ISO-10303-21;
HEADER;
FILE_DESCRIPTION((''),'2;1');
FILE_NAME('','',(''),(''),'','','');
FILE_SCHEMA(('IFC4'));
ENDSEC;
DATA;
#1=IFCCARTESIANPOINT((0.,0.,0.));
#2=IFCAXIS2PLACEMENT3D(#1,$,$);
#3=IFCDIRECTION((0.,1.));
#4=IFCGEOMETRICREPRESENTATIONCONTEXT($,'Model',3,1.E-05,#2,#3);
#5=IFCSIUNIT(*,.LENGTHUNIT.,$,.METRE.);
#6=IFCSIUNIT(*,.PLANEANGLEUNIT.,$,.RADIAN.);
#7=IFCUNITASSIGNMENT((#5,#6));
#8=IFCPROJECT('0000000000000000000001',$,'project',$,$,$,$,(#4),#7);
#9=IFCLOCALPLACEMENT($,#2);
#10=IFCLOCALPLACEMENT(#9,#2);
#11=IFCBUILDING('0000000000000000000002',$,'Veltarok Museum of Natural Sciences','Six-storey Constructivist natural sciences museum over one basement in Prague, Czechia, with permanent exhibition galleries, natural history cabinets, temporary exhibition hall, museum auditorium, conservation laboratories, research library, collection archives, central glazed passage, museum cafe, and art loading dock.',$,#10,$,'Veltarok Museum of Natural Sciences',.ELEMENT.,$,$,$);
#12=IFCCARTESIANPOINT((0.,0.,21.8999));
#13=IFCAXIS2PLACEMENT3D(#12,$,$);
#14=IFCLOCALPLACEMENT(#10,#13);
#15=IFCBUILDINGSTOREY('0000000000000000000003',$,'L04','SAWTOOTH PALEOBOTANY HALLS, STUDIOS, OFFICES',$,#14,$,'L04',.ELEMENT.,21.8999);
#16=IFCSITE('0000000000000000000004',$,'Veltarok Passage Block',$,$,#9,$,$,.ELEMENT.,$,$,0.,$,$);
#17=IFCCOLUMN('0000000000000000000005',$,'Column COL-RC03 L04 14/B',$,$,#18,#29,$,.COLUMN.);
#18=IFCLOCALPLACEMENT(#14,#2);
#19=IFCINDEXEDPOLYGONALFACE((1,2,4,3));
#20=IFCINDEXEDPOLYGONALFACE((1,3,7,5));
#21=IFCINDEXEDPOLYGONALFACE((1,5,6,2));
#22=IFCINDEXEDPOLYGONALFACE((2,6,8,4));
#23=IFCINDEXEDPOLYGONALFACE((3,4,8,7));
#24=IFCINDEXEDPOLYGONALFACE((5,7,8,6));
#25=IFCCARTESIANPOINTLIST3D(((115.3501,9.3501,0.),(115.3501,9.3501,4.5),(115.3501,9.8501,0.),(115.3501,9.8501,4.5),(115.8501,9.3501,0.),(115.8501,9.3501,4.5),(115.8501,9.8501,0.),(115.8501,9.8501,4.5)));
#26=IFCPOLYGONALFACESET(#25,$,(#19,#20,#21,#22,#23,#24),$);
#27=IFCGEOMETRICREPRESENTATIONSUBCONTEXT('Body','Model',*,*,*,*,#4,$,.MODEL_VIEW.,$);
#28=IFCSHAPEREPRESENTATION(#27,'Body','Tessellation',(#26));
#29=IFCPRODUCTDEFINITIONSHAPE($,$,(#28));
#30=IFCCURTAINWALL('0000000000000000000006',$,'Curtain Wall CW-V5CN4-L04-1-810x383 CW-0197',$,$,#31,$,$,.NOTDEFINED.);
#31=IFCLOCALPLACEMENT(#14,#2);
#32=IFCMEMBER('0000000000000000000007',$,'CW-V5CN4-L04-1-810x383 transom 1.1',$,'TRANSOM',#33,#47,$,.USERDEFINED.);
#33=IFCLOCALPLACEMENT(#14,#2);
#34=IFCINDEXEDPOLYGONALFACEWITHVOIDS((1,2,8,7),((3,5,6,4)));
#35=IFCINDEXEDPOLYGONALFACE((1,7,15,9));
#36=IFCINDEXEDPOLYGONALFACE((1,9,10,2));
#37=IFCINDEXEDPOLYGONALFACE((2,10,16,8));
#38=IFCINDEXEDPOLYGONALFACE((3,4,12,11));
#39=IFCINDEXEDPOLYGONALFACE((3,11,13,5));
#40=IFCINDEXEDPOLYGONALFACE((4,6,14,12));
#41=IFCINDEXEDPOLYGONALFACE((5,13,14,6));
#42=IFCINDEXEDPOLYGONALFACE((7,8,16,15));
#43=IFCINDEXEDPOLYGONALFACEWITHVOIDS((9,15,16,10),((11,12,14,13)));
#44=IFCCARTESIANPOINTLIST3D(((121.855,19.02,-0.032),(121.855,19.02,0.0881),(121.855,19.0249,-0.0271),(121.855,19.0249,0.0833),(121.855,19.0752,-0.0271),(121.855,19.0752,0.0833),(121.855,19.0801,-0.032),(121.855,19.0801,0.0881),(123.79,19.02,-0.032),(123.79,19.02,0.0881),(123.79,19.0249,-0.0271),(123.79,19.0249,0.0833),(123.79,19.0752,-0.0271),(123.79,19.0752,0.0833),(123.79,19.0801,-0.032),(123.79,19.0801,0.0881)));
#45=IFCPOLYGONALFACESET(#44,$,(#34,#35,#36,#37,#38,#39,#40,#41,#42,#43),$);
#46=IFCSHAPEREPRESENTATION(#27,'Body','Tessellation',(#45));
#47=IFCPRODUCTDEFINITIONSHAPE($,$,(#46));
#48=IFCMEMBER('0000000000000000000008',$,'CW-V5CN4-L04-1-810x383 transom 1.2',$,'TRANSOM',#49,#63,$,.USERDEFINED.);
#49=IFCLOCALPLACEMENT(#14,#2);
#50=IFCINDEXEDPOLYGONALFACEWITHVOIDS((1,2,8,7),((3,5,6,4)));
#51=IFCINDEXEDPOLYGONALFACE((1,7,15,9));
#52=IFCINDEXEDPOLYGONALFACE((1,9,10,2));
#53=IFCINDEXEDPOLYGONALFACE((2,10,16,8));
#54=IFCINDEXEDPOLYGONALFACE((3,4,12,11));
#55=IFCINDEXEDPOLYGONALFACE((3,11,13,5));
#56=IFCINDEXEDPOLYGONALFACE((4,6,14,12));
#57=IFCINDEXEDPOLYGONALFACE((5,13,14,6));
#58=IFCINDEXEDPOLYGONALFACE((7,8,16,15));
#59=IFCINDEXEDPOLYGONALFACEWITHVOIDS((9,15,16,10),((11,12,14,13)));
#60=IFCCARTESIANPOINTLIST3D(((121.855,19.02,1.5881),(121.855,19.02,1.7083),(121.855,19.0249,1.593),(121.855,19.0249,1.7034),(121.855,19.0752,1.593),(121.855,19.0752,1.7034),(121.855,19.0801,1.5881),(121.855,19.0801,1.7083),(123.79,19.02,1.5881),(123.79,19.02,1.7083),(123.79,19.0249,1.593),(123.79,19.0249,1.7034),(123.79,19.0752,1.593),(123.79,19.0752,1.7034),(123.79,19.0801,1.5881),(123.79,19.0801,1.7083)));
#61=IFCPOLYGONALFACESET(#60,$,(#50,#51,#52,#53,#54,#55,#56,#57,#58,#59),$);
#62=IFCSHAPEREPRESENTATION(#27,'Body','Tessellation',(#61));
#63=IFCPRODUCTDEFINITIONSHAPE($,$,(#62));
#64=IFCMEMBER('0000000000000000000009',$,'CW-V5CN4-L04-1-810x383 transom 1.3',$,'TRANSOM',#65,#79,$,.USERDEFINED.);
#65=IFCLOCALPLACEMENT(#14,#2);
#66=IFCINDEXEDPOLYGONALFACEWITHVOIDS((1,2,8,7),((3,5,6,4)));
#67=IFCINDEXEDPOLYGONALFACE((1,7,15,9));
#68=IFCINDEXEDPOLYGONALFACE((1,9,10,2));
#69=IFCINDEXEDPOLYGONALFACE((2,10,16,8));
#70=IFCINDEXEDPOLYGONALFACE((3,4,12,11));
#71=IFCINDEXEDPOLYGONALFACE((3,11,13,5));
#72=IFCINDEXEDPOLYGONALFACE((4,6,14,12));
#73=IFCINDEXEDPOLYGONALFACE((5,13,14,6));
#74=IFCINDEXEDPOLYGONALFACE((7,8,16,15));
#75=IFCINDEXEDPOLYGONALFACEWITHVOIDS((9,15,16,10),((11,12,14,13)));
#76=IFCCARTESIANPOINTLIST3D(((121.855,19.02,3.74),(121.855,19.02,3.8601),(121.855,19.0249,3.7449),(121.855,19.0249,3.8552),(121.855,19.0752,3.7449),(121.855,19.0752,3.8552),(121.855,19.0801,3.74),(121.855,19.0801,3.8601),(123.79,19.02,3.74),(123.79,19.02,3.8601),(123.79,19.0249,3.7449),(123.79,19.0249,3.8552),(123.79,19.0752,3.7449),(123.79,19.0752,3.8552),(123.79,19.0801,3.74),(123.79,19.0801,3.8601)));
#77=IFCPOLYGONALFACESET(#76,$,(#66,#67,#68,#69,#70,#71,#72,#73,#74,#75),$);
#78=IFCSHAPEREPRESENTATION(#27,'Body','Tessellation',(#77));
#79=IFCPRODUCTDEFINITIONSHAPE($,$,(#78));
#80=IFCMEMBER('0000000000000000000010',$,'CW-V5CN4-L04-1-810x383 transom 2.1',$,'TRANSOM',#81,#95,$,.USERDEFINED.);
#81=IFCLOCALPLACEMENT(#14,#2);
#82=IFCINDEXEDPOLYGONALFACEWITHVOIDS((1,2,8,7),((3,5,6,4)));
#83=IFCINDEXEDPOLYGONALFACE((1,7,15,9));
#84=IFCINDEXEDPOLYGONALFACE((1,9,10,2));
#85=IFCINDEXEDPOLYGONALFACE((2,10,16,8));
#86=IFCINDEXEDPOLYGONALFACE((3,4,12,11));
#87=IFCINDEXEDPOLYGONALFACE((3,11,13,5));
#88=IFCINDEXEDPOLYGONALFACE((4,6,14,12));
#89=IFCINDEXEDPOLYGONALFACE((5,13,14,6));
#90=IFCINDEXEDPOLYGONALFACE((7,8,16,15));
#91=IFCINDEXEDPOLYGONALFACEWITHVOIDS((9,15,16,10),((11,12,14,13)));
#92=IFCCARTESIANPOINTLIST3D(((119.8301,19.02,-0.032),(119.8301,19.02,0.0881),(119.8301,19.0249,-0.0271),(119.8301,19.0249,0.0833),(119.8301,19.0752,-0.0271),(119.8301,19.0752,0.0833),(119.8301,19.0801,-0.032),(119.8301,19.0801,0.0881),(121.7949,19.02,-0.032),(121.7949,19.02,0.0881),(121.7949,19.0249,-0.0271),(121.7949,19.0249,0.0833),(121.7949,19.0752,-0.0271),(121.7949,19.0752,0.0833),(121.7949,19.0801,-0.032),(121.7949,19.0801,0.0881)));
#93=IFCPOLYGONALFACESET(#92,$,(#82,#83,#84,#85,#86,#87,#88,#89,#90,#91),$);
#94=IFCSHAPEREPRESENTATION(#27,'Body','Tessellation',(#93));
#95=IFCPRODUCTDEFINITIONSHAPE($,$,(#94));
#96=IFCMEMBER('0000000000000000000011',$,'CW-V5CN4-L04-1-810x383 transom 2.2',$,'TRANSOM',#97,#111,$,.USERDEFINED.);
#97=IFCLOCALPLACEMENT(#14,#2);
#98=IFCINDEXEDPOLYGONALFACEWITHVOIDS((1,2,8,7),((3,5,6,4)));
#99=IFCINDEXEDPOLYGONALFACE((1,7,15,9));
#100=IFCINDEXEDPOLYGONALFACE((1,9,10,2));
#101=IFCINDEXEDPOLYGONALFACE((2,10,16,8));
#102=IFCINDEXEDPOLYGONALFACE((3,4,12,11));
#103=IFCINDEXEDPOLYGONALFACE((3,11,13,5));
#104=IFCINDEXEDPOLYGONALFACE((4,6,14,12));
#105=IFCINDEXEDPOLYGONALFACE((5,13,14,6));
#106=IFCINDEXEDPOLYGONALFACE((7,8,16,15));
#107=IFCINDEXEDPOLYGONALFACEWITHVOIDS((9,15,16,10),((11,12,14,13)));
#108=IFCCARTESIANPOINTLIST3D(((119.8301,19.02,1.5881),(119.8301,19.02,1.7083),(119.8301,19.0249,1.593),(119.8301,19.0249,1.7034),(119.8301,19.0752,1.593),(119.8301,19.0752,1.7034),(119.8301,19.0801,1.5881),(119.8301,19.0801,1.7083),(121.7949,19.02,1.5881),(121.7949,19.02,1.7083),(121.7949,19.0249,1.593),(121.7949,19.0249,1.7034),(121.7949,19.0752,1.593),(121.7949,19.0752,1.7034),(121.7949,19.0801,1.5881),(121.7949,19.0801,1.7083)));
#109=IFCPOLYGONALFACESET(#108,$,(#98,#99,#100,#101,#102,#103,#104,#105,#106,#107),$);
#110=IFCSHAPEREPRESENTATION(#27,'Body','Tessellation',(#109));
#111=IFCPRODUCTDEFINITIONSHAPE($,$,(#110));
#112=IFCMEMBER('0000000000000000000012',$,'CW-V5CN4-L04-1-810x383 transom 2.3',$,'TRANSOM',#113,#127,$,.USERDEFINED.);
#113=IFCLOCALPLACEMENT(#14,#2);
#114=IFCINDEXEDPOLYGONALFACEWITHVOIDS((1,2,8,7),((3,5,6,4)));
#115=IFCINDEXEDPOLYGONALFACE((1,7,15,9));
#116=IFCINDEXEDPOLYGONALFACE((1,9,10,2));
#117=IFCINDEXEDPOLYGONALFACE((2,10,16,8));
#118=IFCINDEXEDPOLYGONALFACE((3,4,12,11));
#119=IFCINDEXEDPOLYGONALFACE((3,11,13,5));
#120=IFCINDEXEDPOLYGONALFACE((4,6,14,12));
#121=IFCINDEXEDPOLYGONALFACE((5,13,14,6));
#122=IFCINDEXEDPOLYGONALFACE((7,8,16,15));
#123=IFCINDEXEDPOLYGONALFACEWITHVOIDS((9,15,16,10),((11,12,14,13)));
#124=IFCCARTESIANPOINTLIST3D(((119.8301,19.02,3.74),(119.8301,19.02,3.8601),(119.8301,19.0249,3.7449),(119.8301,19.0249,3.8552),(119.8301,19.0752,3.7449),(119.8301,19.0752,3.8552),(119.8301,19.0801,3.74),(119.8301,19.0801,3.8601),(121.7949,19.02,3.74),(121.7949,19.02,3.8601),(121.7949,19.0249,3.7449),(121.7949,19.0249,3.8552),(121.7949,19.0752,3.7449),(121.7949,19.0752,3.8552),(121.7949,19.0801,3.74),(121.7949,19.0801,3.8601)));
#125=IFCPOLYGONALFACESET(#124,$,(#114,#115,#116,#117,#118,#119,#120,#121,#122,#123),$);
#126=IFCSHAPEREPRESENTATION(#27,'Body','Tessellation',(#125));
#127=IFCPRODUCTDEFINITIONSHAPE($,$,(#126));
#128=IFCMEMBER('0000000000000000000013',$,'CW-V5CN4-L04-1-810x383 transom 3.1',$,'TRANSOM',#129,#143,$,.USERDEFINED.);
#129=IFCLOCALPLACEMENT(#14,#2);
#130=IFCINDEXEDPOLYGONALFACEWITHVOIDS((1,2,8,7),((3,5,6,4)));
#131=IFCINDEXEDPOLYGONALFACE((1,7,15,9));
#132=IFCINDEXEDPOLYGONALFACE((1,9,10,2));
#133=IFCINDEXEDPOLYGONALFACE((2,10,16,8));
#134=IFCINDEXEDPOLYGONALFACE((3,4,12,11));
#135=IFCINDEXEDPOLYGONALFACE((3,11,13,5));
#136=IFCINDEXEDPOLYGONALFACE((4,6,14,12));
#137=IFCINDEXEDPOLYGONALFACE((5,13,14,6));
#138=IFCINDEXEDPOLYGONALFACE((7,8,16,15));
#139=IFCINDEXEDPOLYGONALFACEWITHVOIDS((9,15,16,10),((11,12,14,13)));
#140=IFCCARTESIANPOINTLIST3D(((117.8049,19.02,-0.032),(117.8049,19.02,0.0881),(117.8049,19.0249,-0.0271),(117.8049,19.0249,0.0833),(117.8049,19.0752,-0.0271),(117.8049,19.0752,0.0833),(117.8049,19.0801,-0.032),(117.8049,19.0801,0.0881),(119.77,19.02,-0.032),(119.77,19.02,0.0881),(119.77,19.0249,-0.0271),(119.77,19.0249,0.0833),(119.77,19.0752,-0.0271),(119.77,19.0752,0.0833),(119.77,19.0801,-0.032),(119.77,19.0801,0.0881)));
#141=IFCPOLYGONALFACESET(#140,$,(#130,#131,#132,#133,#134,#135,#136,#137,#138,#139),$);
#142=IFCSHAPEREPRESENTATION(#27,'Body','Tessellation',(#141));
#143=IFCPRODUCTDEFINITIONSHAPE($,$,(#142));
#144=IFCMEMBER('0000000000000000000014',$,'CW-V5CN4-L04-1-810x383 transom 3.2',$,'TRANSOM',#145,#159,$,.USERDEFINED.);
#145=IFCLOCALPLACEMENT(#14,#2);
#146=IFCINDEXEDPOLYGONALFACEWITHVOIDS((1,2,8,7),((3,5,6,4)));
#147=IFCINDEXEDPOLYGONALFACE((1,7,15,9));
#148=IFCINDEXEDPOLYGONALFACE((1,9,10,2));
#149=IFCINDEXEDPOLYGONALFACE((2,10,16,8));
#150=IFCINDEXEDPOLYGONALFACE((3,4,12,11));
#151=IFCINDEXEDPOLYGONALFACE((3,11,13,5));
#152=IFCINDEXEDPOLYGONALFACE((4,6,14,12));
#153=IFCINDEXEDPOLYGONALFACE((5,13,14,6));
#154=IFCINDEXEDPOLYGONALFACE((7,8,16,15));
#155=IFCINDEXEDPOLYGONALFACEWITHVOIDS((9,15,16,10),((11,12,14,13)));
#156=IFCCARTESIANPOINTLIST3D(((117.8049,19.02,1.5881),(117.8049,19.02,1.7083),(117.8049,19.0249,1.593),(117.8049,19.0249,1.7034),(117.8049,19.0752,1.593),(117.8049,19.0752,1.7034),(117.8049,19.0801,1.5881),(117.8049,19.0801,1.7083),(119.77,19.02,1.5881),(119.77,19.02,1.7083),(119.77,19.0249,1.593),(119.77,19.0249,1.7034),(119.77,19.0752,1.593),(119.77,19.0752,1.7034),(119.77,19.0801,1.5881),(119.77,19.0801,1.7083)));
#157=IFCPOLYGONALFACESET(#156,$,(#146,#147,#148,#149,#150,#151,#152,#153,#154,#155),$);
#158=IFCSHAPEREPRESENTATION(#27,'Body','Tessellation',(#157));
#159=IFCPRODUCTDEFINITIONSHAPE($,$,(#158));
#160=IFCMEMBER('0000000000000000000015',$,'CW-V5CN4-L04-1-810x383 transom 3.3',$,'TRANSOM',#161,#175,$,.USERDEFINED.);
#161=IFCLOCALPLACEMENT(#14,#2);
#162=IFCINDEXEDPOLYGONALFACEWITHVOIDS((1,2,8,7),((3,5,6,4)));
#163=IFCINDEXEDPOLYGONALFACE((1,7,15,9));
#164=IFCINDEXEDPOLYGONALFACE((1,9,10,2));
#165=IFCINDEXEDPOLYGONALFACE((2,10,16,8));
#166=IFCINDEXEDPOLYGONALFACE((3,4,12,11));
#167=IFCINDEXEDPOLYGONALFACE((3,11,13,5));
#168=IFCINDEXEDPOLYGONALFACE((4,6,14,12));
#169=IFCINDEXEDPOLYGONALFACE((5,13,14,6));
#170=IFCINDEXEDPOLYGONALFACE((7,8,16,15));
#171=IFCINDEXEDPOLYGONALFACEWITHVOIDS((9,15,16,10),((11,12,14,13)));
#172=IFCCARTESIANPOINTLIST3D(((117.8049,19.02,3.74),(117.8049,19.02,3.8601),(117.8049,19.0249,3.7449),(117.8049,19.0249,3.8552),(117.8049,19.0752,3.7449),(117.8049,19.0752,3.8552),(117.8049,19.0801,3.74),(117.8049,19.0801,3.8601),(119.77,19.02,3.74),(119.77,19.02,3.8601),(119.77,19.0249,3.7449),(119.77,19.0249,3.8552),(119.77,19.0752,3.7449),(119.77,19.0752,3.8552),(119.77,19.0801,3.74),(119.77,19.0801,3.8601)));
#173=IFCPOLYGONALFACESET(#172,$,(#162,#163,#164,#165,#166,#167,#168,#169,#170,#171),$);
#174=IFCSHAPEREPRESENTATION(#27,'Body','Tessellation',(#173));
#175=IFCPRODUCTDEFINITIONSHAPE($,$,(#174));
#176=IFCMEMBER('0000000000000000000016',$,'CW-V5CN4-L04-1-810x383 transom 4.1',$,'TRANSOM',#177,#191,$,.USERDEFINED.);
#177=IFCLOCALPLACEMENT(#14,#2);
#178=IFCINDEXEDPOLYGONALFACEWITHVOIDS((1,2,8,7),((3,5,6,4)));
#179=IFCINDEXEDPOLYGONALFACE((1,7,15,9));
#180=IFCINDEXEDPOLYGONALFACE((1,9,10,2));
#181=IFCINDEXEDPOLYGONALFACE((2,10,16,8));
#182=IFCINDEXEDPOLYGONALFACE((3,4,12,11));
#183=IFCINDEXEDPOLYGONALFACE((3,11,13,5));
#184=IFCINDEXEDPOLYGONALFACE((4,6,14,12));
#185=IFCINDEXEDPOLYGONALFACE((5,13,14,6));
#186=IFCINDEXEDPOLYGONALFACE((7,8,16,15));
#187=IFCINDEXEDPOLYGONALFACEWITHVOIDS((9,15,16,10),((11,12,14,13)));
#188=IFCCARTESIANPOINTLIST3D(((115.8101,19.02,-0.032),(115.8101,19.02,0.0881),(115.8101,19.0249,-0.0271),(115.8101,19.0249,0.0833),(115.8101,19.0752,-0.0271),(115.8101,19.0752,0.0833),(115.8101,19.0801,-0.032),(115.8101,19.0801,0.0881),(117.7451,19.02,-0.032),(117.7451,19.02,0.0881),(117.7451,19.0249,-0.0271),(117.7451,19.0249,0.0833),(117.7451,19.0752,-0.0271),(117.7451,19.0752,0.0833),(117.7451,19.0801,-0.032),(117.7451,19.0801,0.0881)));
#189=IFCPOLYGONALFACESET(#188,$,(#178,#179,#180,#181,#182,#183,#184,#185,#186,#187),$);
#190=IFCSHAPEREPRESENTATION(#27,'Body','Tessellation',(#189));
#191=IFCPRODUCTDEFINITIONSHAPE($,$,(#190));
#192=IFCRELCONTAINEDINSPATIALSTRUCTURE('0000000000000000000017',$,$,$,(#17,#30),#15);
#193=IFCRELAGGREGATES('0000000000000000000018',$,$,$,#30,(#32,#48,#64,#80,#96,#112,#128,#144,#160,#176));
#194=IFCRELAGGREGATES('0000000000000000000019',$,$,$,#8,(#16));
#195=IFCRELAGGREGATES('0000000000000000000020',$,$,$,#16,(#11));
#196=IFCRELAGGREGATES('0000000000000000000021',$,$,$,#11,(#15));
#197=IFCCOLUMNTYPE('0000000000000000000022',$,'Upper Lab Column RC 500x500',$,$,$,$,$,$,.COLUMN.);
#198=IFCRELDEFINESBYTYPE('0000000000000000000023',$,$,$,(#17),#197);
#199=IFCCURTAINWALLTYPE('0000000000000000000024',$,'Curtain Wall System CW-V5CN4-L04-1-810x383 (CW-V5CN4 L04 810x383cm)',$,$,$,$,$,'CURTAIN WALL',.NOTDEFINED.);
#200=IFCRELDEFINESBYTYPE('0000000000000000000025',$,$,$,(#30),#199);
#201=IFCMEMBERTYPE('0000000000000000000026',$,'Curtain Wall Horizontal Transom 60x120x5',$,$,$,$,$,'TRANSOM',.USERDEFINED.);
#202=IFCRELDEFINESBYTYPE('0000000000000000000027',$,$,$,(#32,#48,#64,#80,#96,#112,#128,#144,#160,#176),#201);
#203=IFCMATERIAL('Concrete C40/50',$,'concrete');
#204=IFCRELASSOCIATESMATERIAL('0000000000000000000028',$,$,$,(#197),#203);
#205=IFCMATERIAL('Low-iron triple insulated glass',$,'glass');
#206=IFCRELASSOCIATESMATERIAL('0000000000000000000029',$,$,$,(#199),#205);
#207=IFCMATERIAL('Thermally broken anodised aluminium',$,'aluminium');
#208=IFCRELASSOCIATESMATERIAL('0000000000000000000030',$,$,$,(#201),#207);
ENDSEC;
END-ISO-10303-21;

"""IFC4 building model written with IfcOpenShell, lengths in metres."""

from ifc_helpers import new_model, si_unit, direction, frame, origin, origin_2d, place, context, subcontext, project, spatial, rectangle, hollow_rectangle, extrude, material, material_profile, profile_set, type_object, element, aggregate, save


model = new_model("IFC4")

# Units and contexts
model_context = context("Model", 3, precision=1e-05, world=origin(), true_north=direction((0.0, 1.0)))
body_context = subcontext(model_context, "Body", "Model", "MODEL_VIEW")
ifc_project = project(units=[si_unit("LENGTHUNIT", "METRE"), si_unit("PLANEANGLEUNIT", "RADIAN")], contexts=[model_context])

# Site, building, storey
site_placement = place(None, origin())
site = spatial("IfcSite", under=ifc_project, at=site_placement, Name="Veltarok Passage Block", CompositionType="ELEMENT", RefElevation=0.0)
building_placement = place(site_placement, origin())
building = spatial("IfcBuilding", under=site, at=building_placement, Name="Veltarok Museum of Natural Sciences", Description="Six-storey Constructivist natural sciences museum over one basement in Prague, Czechia, with permanent exhibition galleries, natural history cabinets, temporary exhibition hall, museum auditorium, conservation laboratories, research library, collection archives, central glazed passage, museum cafe, and art loading dock.", LongName="Veltarok Museum of Natural Sciences", CompositionType="ELEMENT")
storey_placement = place(building_placement, frame((0.0, 0.0, 21.8999)))
storey = spatial("IfcBuildingStorey", under=building, at=storey_placement, Name="L04", Description="SAWTOOTH PALEOBOTANY HALLS, STUDIOS, OFFICES", LongName="L04", CompositionType="ELEMENT", Elevation=21.8999)

# Column
ifc_material_1 = material(Name="Concrete C40/50", Category="concrete")
ifc_material_profile_1 = material_profile(ifc_material_1, rectangle(XDim=0.5, YDim=0.5, at=origin_2d()), Name="RC 500x500")
ifc_profile_set_1 = profile_set([ifc_material_profile_1], Name="Concrete C40/50")
column_type = type_object("IfcColumnType", Name="Upper Lab Column RC 500x500", PredefinedType="COLUMN", material=ifc_profile_set_1)
column_placement = place(storey_placement, frame((115.6001, 9.6001, 0.0), z_axis=(0.0, 0.0, 1.0), x_axis=(1.0, 0.0, 0.0)))
element("IfcColumn", 1, at=column_placement, inside=storey, type_object=column_type, Name="Column COL-RC03 L04 14/B", PredefinedType="COLUMN", context=body_context, shape_type="SweptSolid", body=[
    extrude(rectangle(XDim=0.5, YDim=0.5, at=origin_2d()), origin(), (0.0, 0.0, 1.0), 4.5),
])

# Curtain wall, members
ifc_material_2 = material(Name="Low-iron triple insulated glass", Category="glass")
curtain_wall_type = type_object("IfcCurtainWallType", Name="Curtain Wall System CW-V5CN4-L04-1-810x383 (CW-V5CN4 L04 810x383cm)", ElementType="CURTAIN WALL", PredefinedType="NOTDEFINED", material=ifc_material_2)
curtain_wall_placement = place(storey_placement, origin())
curtain_wall = element("IfcCurtainWall", 2, at=curtain_wall_placement, inside=storey, type_object=curtain_wall_type, Name="Curtain Wall CW-V5CN4-L04-1-810x383 CW-0197", PredefinedType="NOTDEFINED")
ifc_material_3 = material(Name="Thermally broken anodised aluminium", Category="aluminium")
ifc_material_profile_2 = material_profile(ifc_material_3, hollow_rectangle(XDim=0.0601, YDim=0.1201, WallThickness=0.0049, at=origin_2d()), Name="CW TRANSOM 60x120x5")
ifc_profile_set_2 = profile_set([ifc_material_profile_2], Name="Thermally broken anodised aluminium")
member_type_1 = type_object("IfcMemberType", Name="Curtain Wall Horizontal Transom 60x120x5", ElementType="TRANSOM", PredefinedType="USERDEFINED", material=ifc_profile_set_2)
member_1_placement = place(storey_placement, frame((123.79, 19.05, 0.0281), z_axis=(-1.0, 0.0, 0.0), x_axis=(0.0, -1.0, 0.0)))
member_1 = element("IfcMember", 3, at=member_1_placement, type_object=member_type_1, Name="CW-V5CN4-L04-1-810x383 transom 1.1", ObjectType="TRANSOM", PredefinedType="USERDEFINED", context=body_context, shape_type="SweptSolid", body=[
    extrude(hollow_rectangle(XDim=0.0601, YDim=0.1201, WallThickness=0.0049, at=origin_2d()), origin(), (0.0, 0.0, 1.0), 1.9351),
])
member_2_placement = place(storey_placement, frame((123.79, 19.05, 1.6482), z_axis=(-1.0, 0.0, 0.0), x_axis=(0.0, -1.0, 0.0)))
member_2 = element("IfcMember", 4, at=member_2_placement, type_object=member_type_1, Name="CW-V5CN4-L04-1-810x383 transom 1.2", ObjectType="TRANSOM", PredefinedType="USERDEFINED", context=body_context, shape_type="SweptSolid", body=[
    extrude(hollow_rectangle(XDim=0.0601, YDim=0.1201, WallThickness=0.0049, at=origin_2d()), origin(), (0.0, 0.0, 1.0), 1.9351),
])
member_3_placement = place(storey_placement, frame((123.79, 19.05, 3.8), z_axis=(-1.0, 0.0, 0.0), x_axis=(0.0, -1.0, 0.0)))
member_3 = element("IfcMember", 5, at=member_3_placement, type_object=member_type_1, Name="CW-V5CN4-L04-1-810x383 transom 1.3", ObjectType="TRANSOM", PredefinedType="USERDEFINED", context=body_context, shape_type="SweptSolid", body=[
    extrude(hollow_rectangle(XDim=0.0601, YDim=0.1201, WallThickness=0.0049, at=origin_2d()), origin(), (0.0, 0.0, 1.0), 1.9351),
])
member_4_placement = place(storey_placement, frame((121.7949, 19.05, 0.0281), z_axis=(-1.0, 0.0, 0.0), x_axis=(0.0, -1.0, 0.0)))
member_4 = element("IfcMember", 6, at=member_4_placement, type_object=member_type_1, Name="CW-V5CN4-L04-1-810x383 transom 2.1", ObjectType="TRANSOM", PredefinedType="USERDEFINED", context=body_context, shape_type="SweptSolid", body=[
    extrude(hollow_rectangle(XDim=0.0601, YDim=0.1201, WallThickness=0.0049, at=origin_2d()), origin(), (0.0, 0.0, 1.0), 1.9648),
])
member_5_placement = place(storey_placement, frame((121.7949, 19.05, 1.6482), z_axis=(-1.0, 0.0, 0.0), x_axis=(0.0, -1.0, 0.0)))
member_5 = element("IfcMember", 7, at=member_5_placement, type_object=member_type_1, Name="CW-V5CN4-L04-1-810x383 transom 2.2", ObjectType="TRANSOM", PredefinedType="USERDEFINED", context=body_context, shape_type="SweptSolid", body=[
    extrude(hollow_rectangle(XDim=0.0601, YDim=0.1201, WallThickness=0.0049, at=origin_2d()), origin(), (0.0, 0.0, 1.0), 1.9648),
])
member_6_placement = place(storey_placement, frame((121.7949, 19.05, 3.8), z_axis=(-1.0, 0.0, 0.0), x_axis=(0.0, -1.0, 0.0)))
member_6 = element("IfcMember", 8, at=member_6_placement, type_object=member_type_1, Name="CW-V5CN4-L04-1-810x383 transom 2.3", ObjectType="TRANSOM", PredefinedType="USERDEFINED", context=body_context, shape_type="SweptSolid", body=[
    extrude(hollow_rectangle(XDim=0.0601, YDim=0.1201, WallThickness=0.0049, at=origin_2d()), origin(), (0.0, 0.0, 1.0), 1.9648),
])
member_7_placement = place(storey_placement, frame((119.77, 19.05, 0.0281), z_axis=(-1.0, 0.0, 0.0), x_axis=(0.0, -1.0, 0.0)))
member_7 = element("IfcMember", 9, at=member_7_placement, type_object=member_type_1, Name="CW-V5CN4-L04-1-810x383 transom 3.1", ObjectType="TRANSOM", PredefinedType="USERDEFINED", context=body_context, shape_type="SweptSolid", body=[
    extrude(hollow_rectangle(XDim=0.0601, YDim=0.1201, WallThickness=0.0049, at=origin_2d()), origin(), (0.0, 0.0, 1.0), 1.9651),
])
member_8_placement = place(storey_placement, frame((119.77, 19.05, 1.6482), z_axis=(-1.0, 0.0, 0.0), x_axis=(0.0, -1.0, 0.0)))
member_8 = element("IfcMember", 10, at=member_8_placement, type_object=member_type_1, Name="CW-V5CN4-L04-1-810x383 transom 3.2", ObjectType="TRANSOM", PredefinedType="USERDEFINED", context=body_context, shape_type="SweptSolid", body=[
    extrude(hollow_rectangle(XDim=0.0601, YDim=0.1201, WallThickness=0.0049, at=origin_2d()), origin(), (0.0, 0.0, 1.0), 1.9651),
])
member_9_placement = place(storey_placement, frame((119.77, 19.05, 3.8), z_axis=(-1.0, 0.0, 0.0), x_axis=(0.0, -1.0, 0.0)))
member_9 = element("IfcMember", 11, at=member_9_placement, type_object=member_type_1, Name="CW-V5CN4-L04-1-810x383 transom 3.3", ObjectType="TRANSOM", PredefinedType="USERDEFINED", context=body_context, shape_type="SweptSolid", body=[
    extrude(hollow_rectangle(XDim=0.0601, YDim=0.1201, WallThickness=0.0049, at=origin_2d()), origin(), (0.0, 0.0, 1.0), 1.9651),
])
member_10_placement = place(storey_placement, frame((117.7451, 19.05, 0.0281), z_axis=(-1.0, 0.0, 0.0), x_axis=(0.0, -1.0, 0.0)))
member_10 = element("IfcMember", 12, at=member_10_placement, type_object=member_type_1, Name="CW-V5CN4-L04-1-810x383 transom 4.1", ObjectType="TRANSOM", PredefinedType="USERDEFINED", context=body_context, shape_type="SweptSolid", body=[
    extrude(hollow_rectangle(XDim=0.0601, YDim=0.1201, WallThickness=0.0049, at=origin_2d()), origin(), (0.0, 0.0, 1.0), 1.9351),
])

aggregate(curtain_wall, [member_1, member_2, member_3, member_4, member_5, member_6, member_7, member_8, member_9, member_10])

save(model, "model.ifc")
